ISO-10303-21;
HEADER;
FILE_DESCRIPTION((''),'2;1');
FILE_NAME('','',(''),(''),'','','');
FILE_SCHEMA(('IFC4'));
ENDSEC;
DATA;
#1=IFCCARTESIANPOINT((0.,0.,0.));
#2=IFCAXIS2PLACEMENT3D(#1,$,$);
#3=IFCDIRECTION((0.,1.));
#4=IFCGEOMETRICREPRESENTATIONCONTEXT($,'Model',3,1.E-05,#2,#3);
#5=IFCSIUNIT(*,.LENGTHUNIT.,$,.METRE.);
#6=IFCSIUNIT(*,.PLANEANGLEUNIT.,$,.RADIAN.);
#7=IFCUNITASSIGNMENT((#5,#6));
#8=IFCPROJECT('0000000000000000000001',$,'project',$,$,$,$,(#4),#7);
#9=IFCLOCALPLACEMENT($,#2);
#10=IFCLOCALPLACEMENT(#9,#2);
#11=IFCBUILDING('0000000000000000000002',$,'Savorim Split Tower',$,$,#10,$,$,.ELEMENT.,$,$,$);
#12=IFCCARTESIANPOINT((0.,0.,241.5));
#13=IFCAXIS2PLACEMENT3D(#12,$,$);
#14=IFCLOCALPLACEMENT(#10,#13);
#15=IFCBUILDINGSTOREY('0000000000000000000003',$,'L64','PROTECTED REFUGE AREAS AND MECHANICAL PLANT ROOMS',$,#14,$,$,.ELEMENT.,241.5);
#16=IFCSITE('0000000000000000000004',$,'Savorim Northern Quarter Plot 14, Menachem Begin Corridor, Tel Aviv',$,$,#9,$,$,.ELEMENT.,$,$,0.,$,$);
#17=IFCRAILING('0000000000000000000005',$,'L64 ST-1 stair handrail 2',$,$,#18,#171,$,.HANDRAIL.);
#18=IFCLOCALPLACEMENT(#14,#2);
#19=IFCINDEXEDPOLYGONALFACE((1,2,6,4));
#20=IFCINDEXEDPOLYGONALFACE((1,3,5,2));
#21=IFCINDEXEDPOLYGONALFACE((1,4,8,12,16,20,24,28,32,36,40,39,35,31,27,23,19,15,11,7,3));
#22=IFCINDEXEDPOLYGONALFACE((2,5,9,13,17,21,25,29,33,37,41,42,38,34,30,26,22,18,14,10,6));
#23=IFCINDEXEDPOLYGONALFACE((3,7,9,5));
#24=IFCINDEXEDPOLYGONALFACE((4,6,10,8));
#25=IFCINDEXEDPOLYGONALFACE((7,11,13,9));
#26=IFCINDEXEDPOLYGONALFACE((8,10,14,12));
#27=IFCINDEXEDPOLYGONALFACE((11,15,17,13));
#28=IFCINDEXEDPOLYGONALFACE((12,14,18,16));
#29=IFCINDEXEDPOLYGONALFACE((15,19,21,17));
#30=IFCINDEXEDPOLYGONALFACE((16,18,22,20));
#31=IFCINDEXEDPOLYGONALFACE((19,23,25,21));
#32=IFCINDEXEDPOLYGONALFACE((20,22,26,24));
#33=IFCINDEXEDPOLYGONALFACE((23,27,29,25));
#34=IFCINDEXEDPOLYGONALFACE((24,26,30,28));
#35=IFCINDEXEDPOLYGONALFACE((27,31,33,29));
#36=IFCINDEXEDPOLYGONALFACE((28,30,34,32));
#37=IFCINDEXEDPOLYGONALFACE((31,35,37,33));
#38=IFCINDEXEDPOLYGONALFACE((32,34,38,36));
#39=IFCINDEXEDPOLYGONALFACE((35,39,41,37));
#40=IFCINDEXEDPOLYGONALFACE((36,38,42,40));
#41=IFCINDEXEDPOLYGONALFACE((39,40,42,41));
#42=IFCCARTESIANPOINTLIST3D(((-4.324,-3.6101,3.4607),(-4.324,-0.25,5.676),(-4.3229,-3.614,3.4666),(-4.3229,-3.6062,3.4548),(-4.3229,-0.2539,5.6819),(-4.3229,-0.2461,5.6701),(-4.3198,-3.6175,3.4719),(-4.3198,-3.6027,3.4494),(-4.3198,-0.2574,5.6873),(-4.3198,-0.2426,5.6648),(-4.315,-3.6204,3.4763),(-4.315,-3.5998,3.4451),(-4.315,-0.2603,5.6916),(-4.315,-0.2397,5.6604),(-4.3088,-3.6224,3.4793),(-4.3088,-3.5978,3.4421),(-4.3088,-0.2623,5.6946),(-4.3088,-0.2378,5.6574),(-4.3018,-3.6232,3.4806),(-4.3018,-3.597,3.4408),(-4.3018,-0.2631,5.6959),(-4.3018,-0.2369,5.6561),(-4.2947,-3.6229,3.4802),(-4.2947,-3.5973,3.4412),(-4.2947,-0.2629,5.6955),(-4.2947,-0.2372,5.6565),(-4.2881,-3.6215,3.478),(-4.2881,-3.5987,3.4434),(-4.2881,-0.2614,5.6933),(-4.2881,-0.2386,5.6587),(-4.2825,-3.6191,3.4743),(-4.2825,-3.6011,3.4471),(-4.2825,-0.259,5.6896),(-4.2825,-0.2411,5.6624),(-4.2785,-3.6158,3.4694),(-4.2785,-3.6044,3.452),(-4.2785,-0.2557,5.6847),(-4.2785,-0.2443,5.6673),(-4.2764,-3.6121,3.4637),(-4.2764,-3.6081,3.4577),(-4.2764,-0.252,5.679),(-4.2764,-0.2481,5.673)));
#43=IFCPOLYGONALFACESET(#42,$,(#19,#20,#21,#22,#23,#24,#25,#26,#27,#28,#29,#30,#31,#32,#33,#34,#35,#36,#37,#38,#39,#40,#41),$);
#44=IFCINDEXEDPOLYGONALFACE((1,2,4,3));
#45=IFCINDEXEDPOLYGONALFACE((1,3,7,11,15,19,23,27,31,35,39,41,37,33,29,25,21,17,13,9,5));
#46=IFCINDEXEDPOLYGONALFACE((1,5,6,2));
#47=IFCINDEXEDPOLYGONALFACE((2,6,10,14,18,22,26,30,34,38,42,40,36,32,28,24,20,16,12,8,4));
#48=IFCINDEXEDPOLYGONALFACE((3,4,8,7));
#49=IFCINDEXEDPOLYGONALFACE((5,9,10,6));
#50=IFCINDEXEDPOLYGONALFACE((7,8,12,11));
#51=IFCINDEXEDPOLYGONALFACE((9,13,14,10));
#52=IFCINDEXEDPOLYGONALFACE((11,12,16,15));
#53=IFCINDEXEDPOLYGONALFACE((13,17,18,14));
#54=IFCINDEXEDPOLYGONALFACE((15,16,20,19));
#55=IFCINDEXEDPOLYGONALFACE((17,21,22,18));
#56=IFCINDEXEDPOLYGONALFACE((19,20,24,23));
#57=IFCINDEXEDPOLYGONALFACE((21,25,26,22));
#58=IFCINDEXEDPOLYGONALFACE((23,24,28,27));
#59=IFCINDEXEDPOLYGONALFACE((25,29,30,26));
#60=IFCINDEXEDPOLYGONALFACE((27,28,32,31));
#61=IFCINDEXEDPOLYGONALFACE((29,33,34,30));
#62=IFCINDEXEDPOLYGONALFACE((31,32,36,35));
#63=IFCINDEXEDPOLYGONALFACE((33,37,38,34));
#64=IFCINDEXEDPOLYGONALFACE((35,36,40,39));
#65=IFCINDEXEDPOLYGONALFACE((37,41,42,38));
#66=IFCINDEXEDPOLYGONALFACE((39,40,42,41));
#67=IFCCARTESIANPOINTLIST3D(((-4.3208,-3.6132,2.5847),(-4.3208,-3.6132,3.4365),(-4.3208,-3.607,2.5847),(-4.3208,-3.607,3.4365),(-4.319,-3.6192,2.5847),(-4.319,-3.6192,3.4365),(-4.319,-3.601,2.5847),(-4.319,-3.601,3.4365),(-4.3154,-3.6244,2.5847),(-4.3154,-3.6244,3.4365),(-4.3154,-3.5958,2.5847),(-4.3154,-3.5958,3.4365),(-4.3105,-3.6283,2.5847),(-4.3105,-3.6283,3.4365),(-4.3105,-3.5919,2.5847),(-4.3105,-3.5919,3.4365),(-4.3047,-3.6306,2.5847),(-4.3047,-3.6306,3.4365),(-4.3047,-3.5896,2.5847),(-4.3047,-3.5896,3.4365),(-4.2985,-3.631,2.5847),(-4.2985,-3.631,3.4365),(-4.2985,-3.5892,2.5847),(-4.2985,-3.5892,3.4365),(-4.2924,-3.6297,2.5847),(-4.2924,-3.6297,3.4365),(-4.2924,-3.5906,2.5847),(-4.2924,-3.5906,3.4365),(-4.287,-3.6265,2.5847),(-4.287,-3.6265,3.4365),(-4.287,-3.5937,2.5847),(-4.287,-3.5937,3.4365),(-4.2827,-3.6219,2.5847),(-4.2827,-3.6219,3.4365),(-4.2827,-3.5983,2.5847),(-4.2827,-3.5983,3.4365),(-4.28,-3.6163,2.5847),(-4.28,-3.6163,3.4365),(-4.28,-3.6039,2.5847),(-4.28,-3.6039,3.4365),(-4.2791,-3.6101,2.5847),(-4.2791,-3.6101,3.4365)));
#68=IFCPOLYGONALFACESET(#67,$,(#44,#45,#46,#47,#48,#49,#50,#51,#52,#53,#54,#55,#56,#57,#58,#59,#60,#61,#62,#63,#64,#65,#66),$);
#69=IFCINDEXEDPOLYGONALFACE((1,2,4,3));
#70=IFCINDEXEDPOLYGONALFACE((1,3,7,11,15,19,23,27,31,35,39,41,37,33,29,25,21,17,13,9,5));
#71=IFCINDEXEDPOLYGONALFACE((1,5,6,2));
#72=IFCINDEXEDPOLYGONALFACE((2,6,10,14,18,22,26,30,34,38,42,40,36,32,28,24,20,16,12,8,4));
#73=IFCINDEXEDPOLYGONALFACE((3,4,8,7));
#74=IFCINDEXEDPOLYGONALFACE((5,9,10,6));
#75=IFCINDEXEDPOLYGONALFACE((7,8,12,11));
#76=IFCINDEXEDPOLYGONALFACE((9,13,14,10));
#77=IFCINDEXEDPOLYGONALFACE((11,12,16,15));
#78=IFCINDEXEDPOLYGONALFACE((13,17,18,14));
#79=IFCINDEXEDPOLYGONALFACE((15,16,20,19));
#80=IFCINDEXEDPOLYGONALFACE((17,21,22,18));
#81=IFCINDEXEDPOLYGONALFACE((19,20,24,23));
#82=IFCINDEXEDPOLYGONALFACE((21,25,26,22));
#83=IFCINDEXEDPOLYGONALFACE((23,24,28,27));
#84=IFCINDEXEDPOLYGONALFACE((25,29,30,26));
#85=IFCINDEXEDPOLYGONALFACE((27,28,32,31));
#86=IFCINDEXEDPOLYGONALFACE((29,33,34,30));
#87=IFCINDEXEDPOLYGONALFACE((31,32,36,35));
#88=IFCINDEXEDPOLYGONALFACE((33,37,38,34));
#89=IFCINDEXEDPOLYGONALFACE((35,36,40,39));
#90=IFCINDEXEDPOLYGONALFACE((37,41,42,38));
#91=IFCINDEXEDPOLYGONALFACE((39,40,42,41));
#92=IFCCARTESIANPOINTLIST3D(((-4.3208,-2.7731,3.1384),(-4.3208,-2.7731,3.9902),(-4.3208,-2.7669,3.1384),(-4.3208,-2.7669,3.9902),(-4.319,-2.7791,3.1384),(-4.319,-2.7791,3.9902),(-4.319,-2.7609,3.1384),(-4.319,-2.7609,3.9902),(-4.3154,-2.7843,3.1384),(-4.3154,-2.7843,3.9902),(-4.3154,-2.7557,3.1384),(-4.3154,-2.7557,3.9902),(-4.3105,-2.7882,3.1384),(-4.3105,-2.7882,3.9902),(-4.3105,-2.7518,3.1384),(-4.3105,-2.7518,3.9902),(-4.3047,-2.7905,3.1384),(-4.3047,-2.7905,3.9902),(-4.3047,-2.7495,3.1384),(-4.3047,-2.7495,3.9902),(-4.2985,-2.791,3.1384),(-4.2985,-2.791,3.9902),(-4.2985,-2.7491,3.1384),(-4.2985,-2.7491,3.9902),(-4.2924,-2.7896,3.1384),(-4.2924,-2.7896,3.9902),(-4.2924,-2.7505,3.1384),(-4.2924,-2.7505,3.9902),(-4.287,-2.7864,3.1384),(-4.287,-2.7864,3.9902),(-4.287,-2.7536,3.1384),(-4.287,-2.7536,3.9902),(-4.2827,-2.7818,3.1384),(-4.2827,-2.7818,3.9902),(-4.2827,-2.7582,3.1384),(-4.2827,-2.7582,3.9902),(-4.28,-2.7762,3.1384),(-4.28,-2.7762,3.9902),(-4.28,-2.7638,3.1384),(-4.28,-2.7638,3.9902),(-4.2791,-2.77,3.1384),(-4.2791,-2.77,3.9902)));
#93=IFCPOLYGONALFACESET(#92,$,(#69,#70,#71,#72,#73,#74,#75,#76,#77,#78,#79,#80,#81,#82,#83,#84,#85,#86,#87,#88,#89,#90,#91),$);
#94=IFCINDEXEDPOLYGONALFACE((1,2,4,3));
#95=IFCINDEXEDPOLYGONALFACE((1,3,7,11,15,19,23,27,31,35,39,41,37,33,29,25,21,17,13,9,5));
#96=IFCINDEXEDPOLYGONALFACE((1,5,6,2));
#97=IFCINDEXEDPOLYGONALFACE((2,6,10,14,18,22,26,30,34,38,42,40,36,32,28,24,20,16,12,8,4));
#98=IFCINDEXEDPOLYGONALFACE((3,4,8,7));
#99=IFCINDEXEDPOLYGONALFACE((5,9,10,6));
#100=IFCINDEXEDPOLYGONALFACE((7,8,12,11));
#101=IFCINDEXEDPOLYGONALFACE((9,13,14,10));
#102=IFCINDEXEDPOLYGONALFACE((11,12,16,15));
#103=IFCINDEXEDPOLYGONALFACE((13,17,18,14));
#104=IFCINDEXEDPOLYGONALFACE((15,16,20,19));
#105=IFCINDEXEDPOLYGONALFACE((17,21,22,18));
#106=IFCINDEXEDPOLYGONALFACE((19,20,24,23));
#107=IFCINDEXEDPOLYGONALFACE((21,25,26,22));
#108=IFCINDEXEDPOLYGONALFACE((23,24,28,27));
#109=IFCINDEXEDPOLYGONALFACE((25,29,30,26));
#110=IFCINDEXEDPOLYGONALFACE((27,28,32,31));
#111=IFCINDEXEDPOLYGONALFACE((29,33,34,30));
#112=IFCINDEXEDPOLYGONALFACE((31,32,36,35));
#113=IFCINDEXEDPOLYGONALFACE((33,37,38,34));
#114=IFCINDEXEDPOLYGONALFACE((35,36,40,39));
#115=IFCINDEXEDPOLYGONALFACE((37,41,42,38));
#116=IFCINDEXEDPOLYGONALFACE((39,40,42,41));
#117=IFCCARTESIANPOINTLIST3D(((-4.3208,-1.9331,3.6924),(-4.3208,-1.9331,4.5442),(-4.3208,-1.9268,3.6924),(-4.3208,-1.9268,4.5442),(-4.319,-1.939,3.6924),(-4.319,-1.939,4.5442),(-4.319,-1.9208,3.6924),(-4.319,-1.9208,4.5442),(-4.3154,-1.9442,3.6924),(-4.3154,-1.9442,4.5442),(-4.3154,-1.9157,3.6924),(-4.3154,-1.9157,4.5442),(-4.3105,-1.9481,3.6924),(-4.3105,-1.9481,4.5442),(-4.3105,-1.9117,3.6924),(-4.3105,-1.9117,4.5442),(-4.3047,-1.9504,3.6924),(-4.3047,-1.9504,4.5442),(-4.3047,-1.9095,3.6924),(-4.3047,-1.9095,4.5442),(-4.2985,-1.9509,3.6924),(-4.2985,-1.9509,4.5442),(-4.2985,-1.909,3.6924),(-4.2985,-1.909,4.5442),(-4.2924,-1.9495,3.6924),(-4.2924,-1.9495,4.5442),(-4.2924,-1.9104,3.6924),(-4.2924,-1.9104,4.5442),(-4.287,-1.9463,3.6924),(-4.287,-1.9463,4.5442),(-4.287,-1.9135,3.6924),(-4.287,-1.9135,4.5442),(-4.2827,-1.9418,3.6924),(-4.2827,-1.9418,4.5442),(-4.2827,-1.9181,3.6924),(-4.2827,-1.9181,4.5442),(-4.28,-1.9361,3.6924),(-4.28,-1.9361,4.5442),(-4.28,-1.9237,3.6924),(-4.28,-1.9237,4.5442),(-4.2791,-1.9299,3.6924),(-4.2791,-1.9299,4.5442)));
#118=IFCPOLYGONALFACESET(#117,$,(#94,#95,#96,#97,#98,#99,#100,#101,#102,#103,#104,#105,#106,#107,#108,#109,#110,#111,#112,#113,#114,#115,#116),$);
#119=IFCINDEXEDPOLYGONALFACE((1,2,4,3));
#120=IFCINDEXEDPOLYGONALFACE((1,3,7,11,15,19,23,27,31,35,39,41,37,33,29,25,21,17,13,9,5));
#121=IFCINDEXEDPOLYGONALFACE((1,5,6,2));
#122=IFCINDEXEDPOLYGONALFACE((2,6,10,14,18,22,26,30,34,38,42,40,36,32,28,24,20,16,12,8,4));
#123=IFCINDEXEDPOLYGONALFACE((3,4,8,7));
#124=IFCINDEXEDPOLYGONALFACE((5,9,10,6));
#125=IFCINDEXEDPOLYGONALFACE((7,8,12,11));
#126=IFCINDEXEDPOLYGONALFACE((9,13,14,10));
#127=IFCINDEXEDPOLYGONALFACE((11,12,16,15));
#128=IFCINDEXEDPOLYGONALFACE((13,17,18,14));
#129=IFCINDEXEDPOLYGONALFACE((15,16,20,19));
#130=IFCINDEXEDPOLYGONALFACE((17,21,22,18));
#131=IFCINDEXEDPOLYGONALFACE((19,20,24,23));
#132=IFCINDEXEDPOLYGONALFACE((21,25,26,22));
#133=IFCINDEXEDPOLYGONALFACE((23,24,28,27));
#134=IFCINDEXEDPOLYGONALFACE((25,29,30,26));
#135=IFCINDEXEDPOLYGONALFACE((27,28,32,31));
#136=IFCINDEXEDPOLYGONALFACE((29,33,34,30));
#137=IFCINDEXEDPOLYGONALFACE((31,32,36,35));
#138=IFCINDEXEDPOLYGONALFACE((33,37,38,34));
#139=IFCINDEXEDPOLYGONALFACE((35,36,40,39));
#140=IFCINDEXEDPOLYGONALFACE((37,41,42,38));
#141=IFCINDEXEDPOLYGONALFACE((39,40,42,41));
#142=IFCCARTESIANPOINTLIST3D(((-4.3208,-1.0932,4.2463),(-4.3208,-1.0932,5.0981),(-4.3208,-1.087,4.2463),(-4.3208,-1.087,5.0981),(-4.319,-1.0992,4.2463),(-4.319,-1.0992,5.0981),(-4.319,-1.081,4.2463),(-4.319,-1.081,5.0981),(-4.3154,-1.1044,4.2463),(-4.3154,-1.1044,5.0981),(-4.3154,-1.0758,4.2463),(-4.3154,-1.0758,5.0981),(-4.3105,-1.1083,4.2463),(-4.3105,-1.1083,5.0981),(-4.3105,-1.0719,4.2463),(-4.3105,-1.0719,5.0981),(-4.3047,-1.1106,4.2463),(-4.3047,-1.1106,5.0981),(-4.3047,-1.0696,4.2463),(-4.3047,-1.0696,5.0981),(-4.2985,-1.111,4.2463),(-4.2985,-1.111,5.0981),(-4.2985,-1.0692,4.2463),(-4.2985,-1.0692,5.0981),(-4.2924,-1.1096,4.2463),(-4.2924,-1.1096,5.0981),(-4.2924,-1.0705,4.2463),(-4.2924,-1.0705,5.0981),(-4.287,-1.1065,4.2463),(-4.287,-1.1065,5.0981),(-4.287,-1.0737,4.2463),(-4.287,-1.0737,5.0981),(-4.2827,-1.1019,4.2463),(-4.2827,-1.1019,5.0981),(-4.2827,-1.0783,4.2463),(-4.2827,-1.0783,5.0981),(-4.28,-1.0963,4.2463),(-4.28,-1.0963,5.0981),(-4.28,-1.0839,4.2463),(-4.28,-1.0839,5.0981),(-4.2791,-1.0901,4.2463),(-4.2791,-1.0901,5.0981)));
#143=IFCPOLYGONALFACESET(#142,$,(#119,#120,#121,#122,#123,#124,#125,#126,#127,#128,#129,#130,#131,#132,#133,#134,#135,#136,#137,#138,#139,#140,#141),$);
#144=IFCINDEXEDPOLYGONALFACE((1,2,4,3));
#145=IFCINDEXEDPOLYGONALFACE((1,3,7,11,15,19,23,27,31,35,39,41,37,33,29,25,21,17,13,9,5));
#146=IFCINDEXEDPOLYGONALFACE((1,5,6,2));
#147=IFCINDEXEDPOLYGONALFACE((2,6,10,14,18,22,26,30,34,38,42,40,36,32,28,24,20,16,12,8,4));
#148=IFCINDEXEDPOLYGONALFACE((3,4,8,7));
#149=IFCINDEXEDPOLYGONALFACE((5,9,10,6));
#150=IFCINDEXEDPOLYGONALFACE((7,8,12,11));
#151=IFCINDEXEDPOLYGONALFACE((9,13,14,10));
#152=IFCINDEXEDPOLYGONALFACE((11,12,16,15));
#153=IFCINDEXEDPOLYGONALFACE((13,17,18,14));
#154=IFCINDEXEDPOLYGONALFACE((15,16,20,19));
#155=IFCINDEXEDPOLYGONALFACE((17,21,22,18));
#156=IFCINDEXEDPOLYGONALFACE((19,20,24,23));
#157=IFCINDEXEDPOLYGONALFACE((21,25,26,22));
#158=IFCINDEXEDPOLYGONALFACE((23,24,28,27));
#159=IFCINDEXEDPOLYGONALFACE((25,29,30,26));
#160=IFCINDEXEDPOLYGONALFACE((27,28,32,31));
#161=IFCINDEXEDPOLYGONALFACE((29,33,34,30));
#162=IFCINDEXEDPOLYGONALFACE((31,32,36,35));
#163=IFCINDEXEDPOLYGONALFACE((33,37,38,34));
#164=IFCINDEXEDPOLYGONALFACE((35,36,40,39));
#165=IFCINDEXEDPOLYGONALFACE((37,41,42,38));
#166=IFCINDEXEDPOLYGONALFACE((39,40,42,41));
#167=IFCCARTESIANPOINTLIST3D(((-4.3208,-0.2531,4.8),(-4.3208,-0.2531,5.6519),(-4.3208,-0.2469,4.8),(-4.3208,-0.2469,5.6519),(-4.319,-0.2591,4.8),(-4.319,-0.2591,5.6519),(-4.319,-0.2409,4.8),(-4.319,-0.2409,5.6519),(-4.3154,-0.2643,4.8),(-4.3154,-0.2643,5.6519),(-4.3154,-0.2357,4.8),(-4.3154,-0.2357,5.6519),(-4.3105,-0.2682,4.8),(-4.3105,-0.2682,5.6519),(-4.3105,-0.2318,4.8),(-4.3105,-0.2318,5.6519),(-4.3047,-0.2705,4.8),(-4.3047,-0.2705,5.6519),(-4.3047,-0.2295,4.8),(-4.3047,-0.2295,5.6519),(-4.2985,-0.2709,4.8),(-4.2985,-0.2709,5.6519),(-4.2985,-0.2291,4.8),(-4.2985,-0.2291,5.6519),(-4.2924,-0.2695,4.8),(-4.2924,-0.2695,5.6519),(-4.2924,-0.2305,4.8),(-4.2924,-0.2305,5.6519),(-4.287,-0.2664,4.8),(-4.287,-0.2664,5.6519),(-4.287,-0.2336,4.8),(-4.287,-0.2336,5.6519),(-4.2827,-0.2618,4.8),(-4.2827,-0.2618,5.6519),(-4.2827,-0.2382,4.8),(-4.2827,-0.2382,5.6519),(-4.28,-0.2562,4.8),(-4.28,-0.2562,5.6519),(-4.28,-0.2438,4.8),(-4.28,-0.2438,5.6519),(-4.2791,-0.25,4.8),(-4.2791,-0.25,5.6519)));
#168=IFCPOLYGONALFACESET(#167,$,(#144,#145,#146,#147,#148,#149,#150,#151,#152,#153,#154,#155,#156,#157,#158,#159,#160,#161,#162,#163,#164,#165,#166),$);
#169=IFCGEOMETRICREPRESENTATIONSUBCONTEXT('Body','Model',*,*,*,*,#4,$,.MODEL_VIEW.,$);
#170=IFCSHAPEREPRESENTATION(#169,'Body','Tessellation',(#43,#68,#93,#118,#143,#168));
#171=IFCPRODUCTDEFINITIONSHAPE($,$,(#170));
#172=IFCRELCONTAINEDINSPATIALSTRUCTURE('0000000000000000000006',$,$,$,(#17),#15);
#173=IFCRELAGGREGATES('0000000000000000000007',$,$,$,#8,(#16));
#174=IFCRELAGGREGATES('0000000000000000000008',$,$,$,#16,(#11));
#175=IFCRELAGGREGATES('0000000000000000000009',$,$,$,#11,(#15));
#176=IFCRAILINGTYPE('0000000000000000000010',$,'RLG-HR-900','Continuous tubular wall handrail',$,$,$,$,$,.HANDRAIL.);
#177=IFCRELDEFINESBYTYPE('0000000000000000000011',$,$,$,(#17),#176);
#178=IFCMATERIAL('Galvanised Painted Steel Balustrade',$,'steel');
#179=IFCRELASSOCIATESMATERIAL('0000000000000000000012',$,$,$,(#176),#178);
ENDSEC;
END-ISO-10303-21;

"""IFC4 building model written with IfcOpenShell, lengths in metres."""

from ifc_helpers import new_model, si_unit, direction, frame, origin, origin_2d, place, context, subcontext, project, spatial, circle, extrude, material, type_object, element, save


model = new_model("IFC4")

# Units and contexts
model_context = context("Model", 3, precision=1e-05, world=origin(), true_north=direction((0.0, 1.0)))
body_context = subcontext(model_context, "Body", "Model", "MODEL_VIEW")
ifc_project = project(units=[si_unit("LENGTHUNIT", "METRE"), si_unit("PLANEANGLEUNIT", "RADIAN")], contexts=[model_context])

# Site, building, storey
site_placement = place(None, origin())
site = spatial("IfcSite", under=ifc_project, at=site_placement, Name="Savorim Northern Quarter Plot 14, Menachem Begin Corridor, Tel Aviv", CompositionType="ELEMENT", RefElevation=0.0)
building_placement = place(site_placement, origin())
building = spatial("IfcBuilding", under=site, at=building_placement, Name="Savorim Split Tower", CompositionType="ELEMENT")
storey_placement = place(building_placement, frame((0.0, 0.0, 241.5)))
storey = spatial("IfcBuildingStorey", under=building, at=storey_placement, Name="L64", Description="PROTECTED REFUGE AREAS AND MECHANICAL PLANT ROOMS", CompositionType="ELEMENT", Elevation=241.5)

# Railing
ifc_material_1 = material(Name="Galvanised Painted Steel Balustrade", Category="steel")
railing_type_1 = type_object("IfcRailingType", Name="RLG-HR-900", Description="Continuous tubular wall handrail", PredefinedType="HANDRAIL", material=ifc_material_1)
railing_1_placement = place(storey_placement, frame((-4.3, -3.6101, 2.5847)))
element("IfcRailing", 1, at=railing_1_placement, inside=storey, type_object=railing_type_1, Name="L64 ST-1 stair handrail 2", PredefinedType="HANDRAIL", context=body_context, shape_type="SweptSolid", body=[
    extrude(circle(Radius=0.0239, at=origin_2d()), frame((0.0, 0.0, 0.876), z_axis=(0.0, 0.834876, 0.550437), x_axis=(-1.0, 0.0, 0.0)), (0.0, 0.0, 1.0), 4.0247),
    extrude(circle(Radius=0.021, at=origin_2d()), origin(), (0.0, 0.0, 1.0), 0.8518),
    extrude(circle(Radius=0.021, at=origin_2d()), frame((0.0, 0.8401, 0.5537)), (0.0, 0.0, 1.0), 0.8518),
    extrude(circle(Radius=0.021, at=origin_2d()), frame((0.0, 1.6802, 1.1077)), (0.0, 0.0, 1.0), 0.8518),
    extrude(circle(Radius=0.021, at=origin_2d()), frame((0.0, 2.52, 1.6616)), (0.0, 0.0, 1.0), 0.8518),
    extrude(circle(Radius=0.021, at=origin_2d()), frame((0.0, 3.3601, 2.2153)), (0.0, 0.0, 1.0), 0.8518),
])

save(model, "model.ifc")
